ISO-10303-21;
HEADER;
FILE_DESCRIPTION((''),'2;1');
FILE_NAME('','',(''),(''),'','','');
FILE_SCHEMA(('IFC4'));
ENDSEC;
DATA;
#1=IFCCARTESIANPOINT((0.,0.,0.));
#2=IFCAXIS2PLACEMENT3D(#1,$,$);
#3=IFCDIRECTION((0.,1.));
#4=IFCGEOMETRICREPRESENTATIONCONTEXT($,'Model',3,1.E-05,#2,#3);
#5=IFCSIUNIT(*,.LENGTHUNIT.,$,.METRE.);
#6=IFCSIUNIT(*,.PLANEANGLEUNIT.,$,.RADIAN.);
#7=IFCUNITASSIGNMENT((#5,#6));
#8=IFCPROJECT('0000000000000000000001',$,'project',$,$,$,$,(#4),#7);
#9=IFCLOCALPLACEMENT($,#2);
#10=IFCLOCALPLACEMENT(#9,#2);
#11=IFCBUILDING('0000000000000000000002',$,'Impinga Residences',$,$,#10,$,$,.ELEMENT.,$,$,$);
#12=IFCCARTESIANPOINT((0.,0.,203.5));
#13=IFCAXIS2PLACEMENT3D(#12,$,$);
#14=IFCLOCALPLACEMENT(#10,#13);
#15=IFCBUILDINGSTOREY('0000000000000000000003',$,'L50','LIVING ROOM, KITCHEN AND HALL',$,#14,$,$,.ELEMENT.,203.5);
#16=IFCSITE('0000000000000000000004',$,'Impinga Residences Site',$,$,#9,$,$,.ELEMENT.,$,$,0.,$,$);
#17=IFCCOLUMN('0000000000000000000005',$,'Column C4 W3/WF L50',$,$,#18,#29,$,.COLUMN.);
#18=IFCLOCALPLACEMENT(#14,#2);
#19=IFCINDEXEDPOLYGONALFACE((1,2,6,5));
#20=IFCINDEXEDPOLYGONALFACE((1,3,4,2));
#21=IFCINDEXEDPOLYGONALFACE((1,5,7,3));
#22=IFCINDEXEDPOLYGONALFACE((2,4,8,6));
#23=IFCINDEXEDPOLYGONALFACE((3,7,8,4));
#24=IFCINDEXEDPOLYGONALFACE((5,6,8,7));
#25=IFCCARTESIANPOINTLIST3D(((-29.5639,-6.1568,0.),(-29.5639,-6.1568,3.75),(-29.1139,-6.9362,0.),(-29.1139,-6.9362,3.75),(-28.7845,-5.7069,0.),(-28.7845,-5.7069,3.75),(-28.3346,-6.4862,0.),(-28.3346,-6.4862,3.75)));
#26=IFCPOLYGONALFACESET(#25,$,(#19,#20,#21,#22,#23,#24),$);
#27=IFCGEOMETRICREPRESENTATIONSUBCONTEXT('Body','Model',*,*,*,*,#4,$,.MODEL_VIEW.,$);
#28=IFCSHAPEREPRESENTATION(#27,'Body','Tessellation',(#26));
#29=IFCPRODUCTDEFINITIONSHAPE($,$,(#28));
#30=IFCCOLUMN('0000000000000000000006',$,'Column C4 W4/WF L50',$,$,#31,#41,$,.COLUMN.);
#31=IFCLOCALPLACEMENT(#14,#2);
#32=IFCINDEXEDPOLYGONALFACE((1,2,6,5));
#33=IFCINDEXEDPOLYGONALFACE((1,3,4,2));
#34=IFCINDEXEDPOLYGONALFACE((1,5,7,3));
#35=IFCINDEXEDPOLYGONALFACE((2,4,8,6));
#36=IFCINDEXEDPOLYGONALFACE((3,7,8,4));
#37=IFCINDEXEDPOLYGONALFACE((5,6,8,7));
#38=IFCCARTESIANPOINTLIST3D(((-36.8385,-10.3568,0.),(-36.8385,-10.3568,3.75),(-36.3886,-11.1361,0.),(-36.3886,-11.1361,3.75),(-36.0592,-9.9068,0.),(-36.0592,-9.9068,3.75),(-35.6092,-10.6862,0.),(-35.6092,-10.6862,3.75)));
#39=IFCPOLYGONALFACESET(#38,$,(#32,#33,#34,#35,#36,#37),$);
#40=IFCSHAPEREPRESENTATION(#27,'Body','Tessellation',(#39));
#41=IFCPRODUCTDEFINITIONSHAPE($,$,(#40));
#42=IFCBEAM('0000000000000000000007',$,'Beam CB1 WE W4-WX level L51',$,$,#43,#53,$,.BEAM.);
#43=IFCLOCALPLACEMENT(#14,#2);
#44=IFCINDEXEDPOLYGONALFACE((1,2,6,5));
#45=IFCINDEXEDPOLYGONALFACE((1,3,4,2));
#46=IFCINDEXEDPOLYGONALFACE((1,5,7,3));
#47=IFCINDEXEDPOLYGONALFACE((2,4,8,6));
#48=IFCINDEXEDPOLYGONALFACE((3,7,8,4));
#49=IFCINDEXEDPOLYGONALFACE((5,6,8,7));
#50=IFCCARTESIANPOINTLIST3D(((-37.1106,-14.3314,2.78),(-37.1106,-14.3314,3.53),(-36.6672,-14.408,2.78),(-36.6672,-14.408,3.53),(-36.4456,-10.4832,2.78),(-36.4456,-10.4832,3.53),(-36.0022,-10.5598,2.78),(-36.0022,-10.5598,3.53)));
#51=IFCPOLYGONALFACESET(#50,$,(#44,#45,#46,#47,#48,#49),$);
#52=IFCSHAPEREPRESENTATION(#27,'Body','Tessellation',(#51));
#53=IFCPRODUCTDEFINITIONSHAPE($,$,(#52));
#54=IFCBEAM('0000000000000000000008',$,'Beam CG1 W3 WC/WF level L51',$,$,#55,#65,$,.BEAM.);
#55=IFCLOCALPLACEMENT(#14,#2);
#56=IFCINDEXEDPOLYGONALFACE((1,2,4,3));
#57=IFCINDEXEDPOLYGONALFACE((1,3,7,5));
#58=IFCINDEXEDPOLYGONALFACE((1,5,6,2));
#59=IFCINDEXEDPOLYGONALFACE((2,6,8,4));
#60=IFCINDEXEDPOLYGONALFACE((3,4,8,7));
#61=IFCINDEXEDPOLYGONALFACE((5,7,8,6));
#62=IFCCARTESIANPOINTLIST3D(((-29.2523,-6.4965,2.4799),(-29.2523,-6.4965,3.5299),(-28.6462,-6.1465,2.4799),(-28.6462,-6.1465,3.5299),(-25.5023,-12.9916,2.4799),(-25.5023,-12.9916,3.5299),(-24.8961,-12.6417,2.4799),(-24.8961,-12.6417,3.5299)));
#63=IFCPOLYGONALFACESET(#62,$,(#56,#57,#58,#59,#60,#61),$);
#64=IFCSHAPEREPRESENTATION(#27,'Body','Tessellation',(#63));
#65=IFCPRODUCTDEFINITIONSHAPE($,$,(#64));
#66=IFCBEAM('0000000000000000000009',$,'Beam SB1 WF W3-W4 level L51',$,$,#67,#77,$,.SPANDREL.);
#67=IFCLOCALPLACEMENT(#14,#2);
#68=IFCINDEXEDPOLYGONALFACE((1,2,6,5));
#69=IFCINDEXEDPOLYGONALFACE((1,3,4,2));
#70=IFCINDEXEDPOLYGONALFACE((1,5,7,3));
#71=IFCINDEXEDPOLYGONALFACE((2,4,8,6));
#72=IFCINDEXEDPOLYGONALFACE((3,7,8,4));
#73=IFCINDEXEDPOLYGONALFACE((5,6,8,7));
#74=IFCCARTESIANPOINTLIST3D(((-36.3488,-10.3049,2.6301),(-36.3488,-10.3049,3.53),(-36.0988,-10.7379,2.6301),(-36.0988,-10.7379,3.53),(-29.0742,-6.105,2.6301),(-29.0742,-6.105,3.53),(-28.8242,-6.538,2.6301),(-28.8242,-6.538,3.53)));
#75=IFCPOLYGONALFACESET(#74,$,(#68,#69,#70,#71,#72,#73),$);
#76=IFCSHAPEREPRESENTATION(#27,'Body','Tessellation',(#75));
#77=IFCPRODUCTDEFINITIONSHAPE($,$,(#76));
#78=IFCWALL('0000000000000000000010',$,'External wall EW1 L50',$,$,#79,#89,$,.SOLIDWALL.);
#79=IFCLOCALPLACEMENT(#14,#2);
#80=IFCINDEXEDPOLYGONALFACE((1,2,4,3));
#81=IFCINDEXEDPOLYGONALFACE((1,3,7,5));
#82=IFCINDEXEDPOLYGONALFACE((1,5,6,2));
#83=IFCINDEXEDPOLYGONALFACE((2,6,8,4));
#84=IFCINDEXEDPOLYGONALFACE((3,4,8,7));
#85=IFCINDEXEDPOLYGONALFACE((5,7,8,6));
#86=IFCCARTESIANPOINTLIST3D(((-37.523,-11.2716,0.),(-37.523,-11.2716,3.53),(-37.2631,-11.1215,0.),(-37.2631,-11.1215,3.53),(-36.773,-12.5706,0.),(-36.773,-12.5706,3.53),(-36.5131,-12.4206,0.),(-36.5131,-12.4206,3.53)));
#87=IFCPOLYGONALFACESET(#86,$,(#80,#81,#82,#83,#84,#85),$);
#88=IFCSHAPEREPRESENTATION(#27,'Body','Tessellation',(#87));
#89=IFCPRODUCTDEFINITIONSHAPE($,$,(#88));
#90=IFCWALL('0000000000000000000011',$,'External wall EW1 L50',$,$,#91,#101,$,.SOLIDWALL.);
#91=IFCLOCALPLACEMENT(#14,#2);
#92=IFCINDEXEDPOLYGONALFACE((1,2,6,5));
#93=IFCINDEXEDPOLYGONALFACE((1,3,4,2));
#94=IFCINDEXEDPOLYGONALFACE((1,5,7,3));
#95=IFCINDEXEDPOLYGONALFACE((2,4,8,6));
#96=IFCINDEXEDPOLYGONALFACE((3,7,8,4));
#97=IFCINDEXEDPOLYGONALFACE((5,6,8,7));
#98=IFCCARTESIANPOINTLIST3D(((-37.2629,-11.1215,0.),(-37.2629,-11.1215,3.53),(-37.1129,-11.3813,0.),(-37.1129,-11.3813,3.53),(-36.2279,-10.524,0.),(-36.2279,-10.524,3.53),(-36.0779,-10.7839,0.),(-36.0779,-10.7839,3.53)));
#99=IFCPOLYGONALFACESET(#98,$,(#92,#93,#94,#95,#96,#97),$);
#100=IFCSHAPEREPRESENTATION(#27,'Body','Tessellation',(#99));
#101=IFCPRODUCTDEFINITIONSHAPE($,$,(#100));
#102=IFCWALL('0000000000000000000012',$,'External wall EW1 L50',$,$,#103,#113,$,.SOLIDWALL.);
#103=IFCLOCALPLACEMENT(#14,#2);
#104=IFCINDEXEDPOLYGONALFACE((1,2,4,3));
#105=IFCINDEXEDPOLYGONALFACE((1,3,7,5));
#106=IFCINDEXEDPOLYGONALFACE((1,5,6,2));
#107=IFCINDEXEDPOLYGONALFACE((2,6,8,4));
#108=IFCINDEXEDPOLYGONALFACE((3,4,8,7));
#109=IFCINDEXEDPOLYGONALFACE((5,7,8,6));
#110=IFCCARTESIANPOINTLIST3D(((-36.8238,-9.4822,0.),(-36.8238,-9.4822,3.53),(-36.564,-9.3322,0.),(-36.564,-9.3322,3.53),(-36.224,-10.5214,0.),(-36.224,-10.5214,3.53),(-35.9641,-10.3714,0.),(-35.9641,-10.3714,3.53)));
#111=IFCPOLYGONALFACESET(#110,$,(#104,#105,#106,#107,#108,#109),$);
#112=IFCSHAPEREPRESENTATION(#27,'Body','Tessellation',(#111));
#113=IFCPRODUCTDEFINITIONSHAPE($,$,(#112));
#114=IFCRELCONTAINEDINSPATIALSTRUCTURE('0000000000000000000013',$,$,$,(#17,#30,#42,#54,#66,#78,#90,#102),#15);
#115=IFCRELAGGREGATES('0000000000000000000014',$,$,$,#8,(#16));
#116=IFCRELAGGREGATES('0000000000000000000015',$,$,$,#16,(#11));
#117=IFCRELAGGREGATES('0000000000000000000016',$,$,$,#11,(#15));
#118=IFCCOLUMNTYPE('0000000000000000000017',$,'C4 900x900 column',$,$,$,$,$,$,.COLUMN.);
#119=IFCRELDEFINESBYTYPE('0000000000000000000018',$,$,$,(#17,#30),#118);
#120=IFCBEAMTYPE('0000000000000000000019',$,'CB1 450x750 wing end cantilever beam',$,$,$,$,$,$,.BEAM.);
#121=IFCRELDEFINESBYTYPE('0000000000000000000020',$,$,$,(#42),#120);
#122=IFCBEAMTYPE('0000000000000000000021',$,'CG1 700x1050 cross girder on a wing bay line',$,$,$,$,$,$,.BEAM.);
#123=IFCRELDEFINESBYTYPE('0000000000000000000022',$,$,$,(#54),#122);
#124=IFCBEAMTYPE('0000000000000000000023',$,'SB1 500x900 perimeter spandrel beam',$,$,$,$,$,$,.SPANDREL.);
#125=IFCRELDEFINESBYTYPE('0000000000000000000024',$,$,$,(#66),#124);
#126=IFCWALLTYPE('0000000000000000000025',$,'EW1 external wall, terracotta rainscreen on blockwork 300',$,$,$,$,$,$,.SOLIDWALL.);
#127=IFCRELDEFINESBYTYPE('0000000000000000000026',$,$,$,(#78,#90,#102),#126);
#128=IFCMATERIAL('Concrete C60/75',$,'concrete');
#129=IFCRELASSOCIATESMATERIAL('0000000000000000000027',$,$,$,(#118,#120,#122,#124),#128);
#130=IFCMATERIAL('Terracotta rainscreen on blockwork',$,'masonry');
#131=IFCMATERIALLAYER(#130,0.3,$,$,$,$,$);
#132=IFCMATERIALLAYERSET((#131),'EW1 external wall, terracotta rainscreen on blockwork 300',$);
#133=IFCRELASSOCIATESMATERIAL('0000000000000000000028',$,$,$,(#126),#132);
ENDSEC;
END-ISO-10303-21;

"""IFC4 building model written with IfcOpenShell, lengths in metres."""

from ifc_helpers import new_model, si_unit, direction, frame, frame_2d, origin, origin_2d, place, context, subcontext, project, spatial, rectangle, extrude, material, layer, layer_set, material_profile, profile_set, type_object, element, save


model = new_model("IFC4")

# Units and contexts
model_context = context("Model", 3, precision=1e-05, world=origin(), true_north=direction((0.0, 1.0)))
body_context = subcontext(model_context, "Body", "Model", "MODEL_VIEW")
ifc_project = project(units=[si_unit("LENGTHUNIT", "METRE"), si_unit("PLANEANGLEUNIT", "RADIAN")], contexts=[model_context])

# Site, building, storey
site_placement = place(None, origin())
site = spatial("IfcSite", under=ifc_project, at=site_placement, Name="Impinga Residences Site", CompositionType="ELEMENT", RefElevation=0.0)
building_placement = place(site_placement, origin())
building = spatial("IfcBuilding", under=site, at=building_placement, Name="Impinga Residences", CompositionType="ELEMENT")
storey_placement = place(building_placement, frame((0.0, 0.0, 203.5)))
storey = spatial("IfcBuildingStorey", under=building, at=storey_placement, Name="L50", Description="LIVING ROOM, KITCHEN AND HALL", CompositionType="ELEMENT", Elevation=203.5)

# Columns
ifc_material_1 = material(Name="Concrete C60/75", Category="concrete")
ifc_material_profile_1 = material_profile(ifc_material_1, rectangle(XDim=0.8999, YDim=0.8999, at=origin_2d()), Name="RC 900x900")
ifc_profile_set_1 = profile_set([ifc_material_profile_1], Name="Concrete C60/75")
column_type = type_object("IfcColumnType", Name="C4 900x900 column", PredefinedType="COLUMN", material=ifc_profile_set_1)
for number, where, z_axis, x_axis, name in (
    (1, (-28.9492, -6.3215, 0.0), (0.0, 0.0, 1.0), (-0.5, 0.866025, 0.0), "Column C4 W3/WF L50"),
    (2, (-36.2239, -10.5215, 0.0), (0.0, 0.0, 1.0), (-0.5, 0.866025, 0.0), "Column C4 W4/WF L50"),
):
    element("IfcColumn", number, at=place(storey_placement, frame(where, z_axis=z_axis, x_axis=x_axis)), inside=storey, type_object=column_type, Name=name, PredefinedType="COLUMN", context=body_context, shape_type="SweptSolid", body=[
        extrude(rectangle(XDim=0.8999, YDim=0.8999, at=origin_2d()), origin(), (0.0, 0.0, 1.0), 3.75),
    ])

# Beams
ifc_material_profile_2 = material_profile(ifc_material_1, rectangle(XDim=0.45, YDim=0.75, at=origin_2d()), Name="RC 450x750")
ifc_profile_set_2 = profile_set([ifc_material_profile_2], Name="Concrete C60/75")
beam_type_1 = type_object("IfcBeamType", Name="CB1 450x750 wing end cantilever beam", PredefinedType="BEAM", material=ifc_profile_set_2)
beam_1_placement = place(storey_placement, frame((-36.2239, -10.5215, 3.155), z_axis=(-0.170296, -0.985393, 0.0), x_axis=(0.985393, -0.170296, 0.0)))
element("IfcBeam", 3, at=beam_1_placement, inside=storey, type_object=beam_type_1, Name="Beam CB1 WE W4-WX level L51", PredefinedType="BEAM", context=body_context, shape_type="SweptSolid", body=[
    extrude(rectangle(XDim=0.45, YDim=0.75, at=origin_2d()), origin(), (0.0, 0.0, 1.0), 3.9053),
])
ifc_material_profile_3 = material_profile(ifc_material_1, rectangle(XDim=0.7, YDim=1.05, at=origin_2d()), Name="RC 700x1050")
ifc_profile_set_3 = profile_set([ifc_material_profile_3], Name="Concrete C60/75")
beam_type_2 = type_object("IfcBeamType", Name="CG1 700x1050 cross girder on a wing bay line", PredefinedType="BEAM", material=ifc_profile_set_3)
beam_2_placement = place(storey_placement, frame((-25.1992, -12.8167, 3.0049), z_axis=(-0.500004, 0.866023, 0.0), x_axis=(-0.866023, -0.500004, 0.0)))
element("IfcBeam", 4, at=beam_2_placement, inside=storey, type_object=beam_type_2, Name="Beam CG1 W3 WC/WF level L51", PredefinedType="BEAM", context=body_context, shape_type="SweptSolid", body=[
    extrude(rectangle(XDim=0.7, YDim=1.05, at=origin_2d()), origin(), (0.0, 0.0, 1.0), 7.5),
])
ifc_material_profile_4 = material_profile(ifc_material_1, rectangle(XDim=0.5, YDim=0.8999, at=origin_2d()), Name="RC 500x900")
ifc_profile_set_4 = profile_set([ifc_material_profile_4], Name="Concrete C60/75")
beam_type_3 = type_object("IfcBeamType", Name="SB1 500x900 perimeter spandrel beam", PredefinedType="SPANDREL", material=ifc_profile_set_4)
beam_3_placement = place(storey_placement, frame((-28.9492, -6.3215, 3.0801), z_axis=(-0.866029, -0.499993, 0.0), x_axis=(0.499993, -0.866029, 0.0)))
element("IfcBeam", 5, at=beam_3_placement, inside=storey, type_object=beam_type_3, Name="Beam SB1 WF W3-W4 level L51", PredefinedType="SPANDREL", context=body_context, shape_type="SweptSolid", body=[
    extrude(rectangle(XDim=0.5, YDim=0.8999, at=origin_2d()), origin(), (0.0, 0.0, 1.0), 8.3999),
])

# Walls
ifc_material_2 = material(Name="Terracotta rainscreen on blockwork", Category="masonry")
ifc_layer_1 = layer(ifc_material_2, 0.3)
ifc_layer_set_1 = layer_set([ifc_layer_1], Name="EW1 external wall, terracotta rainscreen on blockwork 300")
wall_type_1 = type_object("IfcWallType", Name="EW1 external wall, terracotta rainscreen on blockwork 300", PredefinedType="SOLIDWALL", material=ifc_layer_set_1)
wall_1_placement = place(storey_placement, frame((-36.6431, -12.4956, 0.0), z_axis=(0.0, 0.0, 1.0), x_axis=(-0.49999, 0.866031, 0.0)))
element("IfcWall", 6, at=wall_1_placement, inside=storey, type_object=wall_type_1, Name="External wall EW1 L50", PredefinedType="SOLIDWALL", context=body_context, shape_type="SweptSolid", body=[
    extrude(rectangle(XDim=1.5, YDim=0.3, at=frame_2d((0.75, 0.0))), origin(), (0.0, 0.0, 1.0), 3.53),
])
wall_2_placement = place(storey_placement, frame((-37.188, -11.2515, 0.0), z_axis=(0.0, 0.0, 1.0), x_axis=(0.86606, 0.499941, 0.0)))
element("IfcWall", 7, at=wall_2_placement, inside=storey, type_object=wall_type_1, Name="External wall EW1 L50", PredefinedType="SOLIDWALL", context=body_context, shape_type="SweptSolid", body=[
    extrude(rectangle(XDim=1.1951, YDim=0.3, at=frame_2d((0.5977, 0.0))), origin(), (0.0, 0.0, 1.0), 3.53),
])
wall_3_placement = place(storey_placement, frame((-36.094, -10.4465, 0.0), z_axis=(0.0, 0.0, 1.0), x_axis=(-0.499881, 0.866094, 0.0)))
element("IfcWall", 8, at=wall_3_placement, inside=storey, type_object=wall_type_1, Name="External wall EW1 L50", PredefinedType="SOLIDWALL", context=body_context, shape_type="SweptSolid", body=[
    extrude(rectangle(XDim=1.2, YDim=0.3, at=frame_2d((0.6001, 0.0))), origin(), (0.0, 0.0, 1.0), 3.53),
])

save(model, "model.ifc")
